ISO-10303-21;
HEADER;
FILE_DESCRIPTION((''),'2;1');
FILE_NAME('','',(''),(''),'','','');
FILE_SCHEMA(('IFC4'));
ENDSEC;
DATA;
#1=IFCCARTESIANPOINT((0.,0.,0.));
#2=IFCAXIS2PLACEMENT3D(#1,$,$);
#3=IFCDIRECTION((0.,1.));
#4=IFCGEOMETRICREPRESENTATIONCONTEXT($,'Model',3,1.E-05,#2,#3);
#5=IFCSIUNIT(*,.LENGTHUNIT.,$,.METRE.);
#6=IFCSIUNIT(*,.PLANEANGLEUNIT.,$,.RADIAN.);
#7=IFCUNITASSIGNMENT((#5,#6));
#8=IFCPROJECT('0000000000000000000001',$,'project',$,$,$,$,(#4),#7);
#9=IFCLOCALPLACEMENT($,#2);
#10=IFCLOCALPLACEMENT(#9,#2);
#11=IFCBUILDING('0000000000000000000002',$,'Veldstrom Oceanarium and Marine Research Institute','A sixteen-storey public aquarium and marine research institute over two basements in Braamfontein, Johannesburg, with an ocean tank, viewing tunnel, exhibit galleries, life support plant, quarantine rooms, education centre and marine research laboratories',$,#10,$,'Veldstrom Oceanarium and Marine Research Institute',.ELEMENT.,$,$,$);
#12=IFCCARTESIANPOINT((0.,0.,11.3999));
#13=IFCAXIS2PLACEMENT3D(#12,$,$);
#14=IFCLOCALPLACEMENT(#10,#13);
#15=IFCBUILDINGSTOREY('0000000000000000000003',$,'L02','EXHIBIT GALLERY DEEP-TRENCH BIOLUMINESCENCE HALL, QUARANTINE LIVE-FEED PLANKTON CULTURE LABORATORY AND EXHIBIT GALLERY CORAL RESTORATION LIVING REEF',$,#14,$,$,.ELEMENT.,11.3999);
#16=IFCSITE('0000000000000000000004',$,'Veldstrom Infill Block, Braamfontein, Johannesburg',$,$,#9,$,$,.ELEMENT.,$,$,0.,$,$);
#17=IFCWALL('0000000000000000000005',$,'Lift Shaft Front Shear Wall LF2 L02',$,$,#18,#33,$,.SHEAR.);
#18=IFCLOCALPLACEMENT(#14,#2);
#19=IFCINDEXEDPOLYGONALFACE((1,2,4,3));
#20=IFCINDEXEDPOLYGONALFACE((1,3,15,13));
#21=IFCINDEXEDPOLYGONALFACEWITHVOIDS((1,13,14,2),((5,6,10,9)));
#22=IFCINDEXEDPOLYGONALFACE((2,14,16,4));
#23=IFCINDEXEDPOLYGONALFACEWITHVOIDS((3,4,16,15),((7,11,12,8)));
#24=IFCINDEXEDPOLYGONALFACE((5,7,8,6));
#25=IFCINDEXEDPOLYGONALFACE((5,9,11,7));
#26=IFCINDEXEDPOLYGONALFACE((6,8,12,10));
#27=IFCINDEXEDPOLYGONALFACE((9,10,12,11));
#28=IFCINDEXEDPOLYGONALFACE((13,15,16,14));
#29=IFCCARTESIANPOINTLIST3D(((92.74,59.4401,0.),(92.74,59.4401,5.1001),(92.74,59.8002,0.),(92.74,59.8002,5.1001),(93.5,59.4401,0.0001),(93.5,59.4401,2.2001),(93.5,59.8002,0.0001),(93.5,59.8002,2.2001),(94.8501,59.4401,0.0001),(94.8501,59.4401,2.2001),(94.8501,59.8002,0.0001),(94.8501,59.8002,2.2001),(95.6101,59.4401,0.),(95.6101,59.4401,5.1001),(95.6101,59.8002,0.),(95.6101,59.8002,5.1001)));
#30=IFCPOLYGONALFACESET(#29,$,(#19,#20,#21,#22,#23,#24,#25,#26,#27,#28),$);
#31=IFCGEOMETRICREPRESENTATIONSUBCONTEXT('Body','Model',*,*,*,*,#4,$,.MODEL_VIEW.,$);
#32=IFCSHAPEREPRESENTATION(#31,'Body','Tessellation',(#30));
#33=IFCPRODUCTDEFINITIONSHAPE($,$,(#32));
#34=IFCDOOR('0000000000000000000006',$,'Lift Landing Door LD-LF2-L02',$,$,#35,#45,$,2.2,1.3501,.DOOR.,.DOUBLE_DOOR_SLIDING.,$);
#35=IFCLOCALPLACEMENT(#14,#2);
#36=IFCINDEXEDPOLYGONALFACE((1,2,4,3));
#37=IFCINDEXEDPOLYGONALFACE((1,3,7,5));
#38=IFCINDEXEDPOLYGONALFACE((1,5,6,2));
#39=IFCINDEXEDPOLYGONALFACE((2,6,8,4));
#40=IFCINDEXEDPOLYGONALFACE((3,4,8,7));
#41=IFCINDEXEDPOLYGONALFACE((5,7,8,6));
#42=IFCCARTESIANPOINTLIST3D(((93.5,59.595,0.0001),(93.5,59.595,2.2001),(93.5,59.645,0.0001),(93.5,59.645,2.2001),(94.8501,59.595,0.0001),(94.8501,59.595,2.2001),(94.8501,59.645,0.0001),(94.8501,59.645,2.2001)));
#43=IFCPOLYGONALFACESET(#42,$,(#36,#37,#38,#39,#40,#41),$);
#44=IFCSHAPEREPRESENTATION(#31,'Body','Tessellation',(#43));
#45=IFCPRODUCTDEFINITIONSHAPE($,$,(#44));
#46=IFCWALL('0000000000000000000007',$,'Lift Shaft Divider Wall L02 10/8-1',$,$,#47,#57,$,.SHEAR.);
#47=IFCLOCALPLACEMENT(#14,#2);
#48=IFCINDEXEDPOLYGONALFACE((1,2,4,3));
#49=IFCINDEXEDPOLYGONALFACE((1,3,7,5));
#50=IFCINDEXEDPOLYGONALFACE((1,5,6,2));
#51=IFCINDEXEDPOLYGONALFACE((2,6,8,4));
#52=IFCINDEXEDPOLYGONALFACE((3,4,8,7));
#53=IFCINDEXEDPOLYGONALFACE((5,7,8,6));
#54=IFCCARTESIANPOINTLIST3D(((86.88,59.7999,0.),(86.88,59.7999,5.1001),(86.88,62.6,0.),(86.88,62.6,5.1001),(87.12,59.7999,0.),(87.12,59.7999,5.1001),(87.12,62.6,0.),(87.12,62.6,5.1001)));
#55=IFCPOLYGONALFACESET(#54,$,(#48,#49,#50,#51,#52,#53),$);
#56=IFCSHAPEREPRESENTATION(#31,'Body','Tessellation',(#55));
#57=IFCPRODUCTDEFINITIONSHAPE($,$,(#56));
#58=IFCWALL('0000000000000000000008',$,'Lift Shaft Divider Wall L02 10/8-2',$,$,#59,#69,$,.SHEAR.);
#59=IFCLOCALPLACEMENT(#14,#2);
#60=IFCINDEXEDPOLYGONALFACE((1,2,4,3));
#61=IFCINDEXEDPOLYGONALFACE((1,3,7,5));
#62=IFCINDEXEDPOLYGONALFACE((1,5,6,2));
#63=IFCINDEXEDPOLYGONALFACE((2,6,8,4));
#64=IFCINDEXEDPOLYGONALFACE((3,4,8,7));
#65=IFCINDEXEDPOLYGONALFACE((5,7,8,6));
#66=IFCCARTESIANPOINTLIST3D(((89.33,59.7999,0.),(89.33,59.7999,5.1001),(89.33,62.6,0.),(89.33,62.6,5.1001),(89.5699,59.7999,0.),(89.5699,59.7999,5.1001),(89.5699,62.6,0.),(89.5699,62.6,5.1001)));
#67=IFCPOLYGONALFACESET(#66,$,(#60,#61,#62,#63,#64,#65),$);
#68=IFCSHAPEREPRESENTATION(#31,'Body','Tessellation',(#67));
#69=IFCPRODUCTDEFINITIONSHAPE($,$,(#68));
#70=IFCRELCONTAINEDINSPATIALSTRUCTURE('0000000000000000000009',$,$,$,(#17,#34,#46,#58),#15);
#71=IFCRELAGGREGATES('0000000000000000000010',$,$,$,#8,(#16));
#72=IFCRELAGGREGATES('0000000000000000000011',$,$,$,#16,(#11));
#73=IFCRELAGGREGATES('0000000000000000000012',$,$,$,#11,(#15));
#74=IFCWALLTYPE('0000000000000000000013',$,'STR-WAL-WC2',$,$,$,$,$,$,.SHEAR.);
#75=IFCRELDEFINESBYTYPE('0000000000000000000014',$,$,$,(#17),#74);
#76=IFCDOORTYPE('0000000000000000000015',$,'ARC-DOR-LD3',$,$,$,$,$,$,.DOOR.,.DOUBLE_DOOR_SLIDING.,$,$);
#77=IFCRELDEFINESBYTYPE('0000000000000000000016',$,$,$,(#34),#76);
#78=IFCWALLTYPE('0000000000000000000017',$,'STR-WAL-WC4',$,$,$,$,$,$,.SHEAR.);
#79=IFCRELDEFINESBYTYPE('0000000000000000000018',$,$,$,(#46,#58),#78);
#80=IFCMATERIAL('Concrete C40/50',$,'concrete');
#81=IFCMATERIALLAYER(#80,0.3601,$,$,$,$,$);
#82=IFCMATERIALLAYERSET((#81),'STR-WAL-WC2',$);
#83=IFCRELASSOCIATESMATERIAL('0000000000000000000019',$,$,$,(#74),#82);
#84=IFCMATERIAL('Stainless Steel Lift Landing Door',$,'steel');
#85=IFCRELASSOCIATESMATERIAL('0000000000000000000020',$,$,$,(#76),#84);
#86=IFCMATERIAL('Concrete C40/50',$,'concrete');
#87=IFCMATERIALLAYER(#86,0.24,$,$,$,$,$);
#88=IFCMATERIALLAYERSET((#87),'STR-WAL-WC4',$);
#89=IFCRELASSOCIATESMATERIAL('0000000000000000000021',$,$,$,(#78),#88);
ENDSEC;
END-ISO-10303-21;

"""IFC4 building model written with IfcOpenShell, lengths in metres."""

from ifc_helpers import new_model, si_unit, direction, frame, frame_2d, origin, place, context, subcontext, project, spatial, rectangle, extrude, material, layer, layer_set, type_object, element, fill, save


model = new_model("IFC4")

# Units and contexts
model_context = context("Model", 3, precision=1e-05, world=origin(), true_north=direction((0.0, 1.0)))
body_context = subcontext(model_context, "Body", "Model", "MODEL_VIEW")
ifc_project = project(units=[si_unit("LENGTHUNIT", "METRE"), si_unit("PLANEANGLEUNIT", "RADIAN")], contexts=[model_context])

# Site, building, storey
site_placement = place(None, origin())
site = spatial("IfcSite", under=ifc_project, at=site_placement, Name="Veldstrom Infill Block, Braamfontein, Johannesburg", CompositionType="ELEMENT", RefElevation=0.0)
building_placement = place(site_placement, origin())
building = spatial("IfcBuilding", under=site, at=building_placement, Name="Veldstrom Oceanarium and Marine Research Institute", Description="A sixteen-storey public aquarium and marine research institute over two basements in Braamfontein, Johannesburg, with an ocean tank, viewing tunnel, exhibit galleries, life support plant, quarantine rooms, education centre and marine research laboratories", LongName="Veldstrom Oceanarium and Marine Research Institute", CompositionType="ELEMENT")
storey_placement = place(building_placement, frame((0.0, 0.0, 11.3999)))
storey = spatial("IfcBuildingStorey", under=building, at=storey_placement, Name="L02", Description="EXHIBIT GALLERY DEEP-TRENCH BIOLUMINESCENCE HALL, QUARANTINE LIVE-FEED PLANKTON CULTURE LABORATORY AND EXHIBIT GALLERY CORAL RESTORATION LIVING REEF", CompositionType="ELEMENT", Elevation=11.3999)

# Shared definitions
ifc_material_1 = material(Name="Concrete C40/50", Category="concrete")
ifc_layer_1 = layer(ifc_material_1, 0.3601)
ifc_layer_set_1 = layer_set([ifc_layer_1], Name="STR-WAL-WC2")
wall_type_1 = type_object("IfcWallType", Name="STR-WAL-WC2", PredefinedType="SHEAR", material=ifc_layer_set_1)

# Wall, opening, door
wall_1_placement = place(storey_placement, frame((92.74, 59.6201, 0.0), z_axis=(0.0, 0.0, 1.0), x_axis=(1.0, 0.0, 0.0)))
wall_1 = element("IfcWall", 1, at=wall_1_placement, inside=storey, type_object=wall_type_1, Name="Lift Shaft Front Shear Wall LF2 L02", PredefinedType="SHEAR", context=body_context, shape_type="SweptSolid", body=[
    extrude(rectangle(XDim=2.8701, YDim=0.3601, at=frame_2d((1.4351, 0.0))), origin(), (0.0, 0.0, 1.0), 5.1001),
])
opening_1_placement = place(wall_1_placement, frame((0.76, 0.0, 0.0)))
opening_1 = element("IfcOpeningElement", 2, at=opening_1_placement, cuts=wall_1, PredefinedType="OPENING", context=body_context, shape_type="SweptSolid", body=[
    extrude(rectangle(XDim=1.3501, YDim=2.2, at=frame_2d((0.675, 1.1001))), frame((0.0, 0.1899, 0.0), z_axis=(0.0, -1.0, 0.0), x_axis=(1.0, 0.0, 0.0)), (0.0, 0.0, 1.0), 0.3801),
])
ifc_material_2 = material(Name="Stainless Steel Lift Landing Door", Category="steel")
door_type_1 = type_object("IfcDoorType", Name="ARC-DOR-LD3", OperationType="DOUBLE_DOOR_SLIDING", PredefinedType="DOOR", material=ifc_material_2)
door_1_placement = place(opening_1_placement, origin())
door_1 = element("IfcDoor", 3, at=door_1_placement, inside=storey, type_object=door_type_1, Name="Lift Landing Door LD-LF2-L02", OperationType="DOUBLE_DOOR_SLIDING", OverallHeight=2.2, OverallWidth=1.3501, PredefinedType="DOOR", context=body_context, shape_type="SweptSolid", body=[
    extrude(rectangle(XDim=1.3501, YDim=2.2, at=frame_2d((0.675, 1.1001))), frame((0.0, 0.0249, 0.0), z_axis=(0.0, -1.0, 0.0), x_axis=(1.0, 0.0, 0.0)), (0.0, 0.0, 1.0), 0.05),
])
fill(opening_1, door_1)

# Walls
ifc_material_3 = material(Name="Concrete C40/50", Category="concrete")
ifc_layer_2 = layer(ifc_material_3, 0.24)
ifc_layer_set_2 = layer_set([ifc_layer_2], Name="STR-WAL-WC4")
wall_type_2 = type_object("IfcWallType", Name="STR-WAL-WC4", PredefinedType="SHEAR", material=ifc_layer_set_2)
for number, where, z_axis, x_axis, name in (
    (4, (87.0, 59.8, 0.0), (0.0, 0.0, 1.0), (0.0, 1.0, 0.0), "Lift Shaft Divider Wall L02 10/8-1"),
    (5, (89.45, 59.8, 0.0), (0.0, 0.0, 1.0), (0.0, 1.0, 0.0), "Lift Shaft Divider Wall L02 10/8-2"),
):
    element("IfcWall", number, at=place(storey_placement, frame(where, z_axis=z_axis, x_axis=x_axis)), inside=storey, type_object=wall_type_2, Name=name, PredefinedType="SHEAR", context=body_context, shape_type="SweptSolid", body=[
        extrude(rectangle(XDim=2.8, YDim=0.24, at=frame_2d((1.3999, 0.0))), origin(), (0.0, 0.0, 1.0), 5.1001),
    ])

save(model, "model.ifc")
